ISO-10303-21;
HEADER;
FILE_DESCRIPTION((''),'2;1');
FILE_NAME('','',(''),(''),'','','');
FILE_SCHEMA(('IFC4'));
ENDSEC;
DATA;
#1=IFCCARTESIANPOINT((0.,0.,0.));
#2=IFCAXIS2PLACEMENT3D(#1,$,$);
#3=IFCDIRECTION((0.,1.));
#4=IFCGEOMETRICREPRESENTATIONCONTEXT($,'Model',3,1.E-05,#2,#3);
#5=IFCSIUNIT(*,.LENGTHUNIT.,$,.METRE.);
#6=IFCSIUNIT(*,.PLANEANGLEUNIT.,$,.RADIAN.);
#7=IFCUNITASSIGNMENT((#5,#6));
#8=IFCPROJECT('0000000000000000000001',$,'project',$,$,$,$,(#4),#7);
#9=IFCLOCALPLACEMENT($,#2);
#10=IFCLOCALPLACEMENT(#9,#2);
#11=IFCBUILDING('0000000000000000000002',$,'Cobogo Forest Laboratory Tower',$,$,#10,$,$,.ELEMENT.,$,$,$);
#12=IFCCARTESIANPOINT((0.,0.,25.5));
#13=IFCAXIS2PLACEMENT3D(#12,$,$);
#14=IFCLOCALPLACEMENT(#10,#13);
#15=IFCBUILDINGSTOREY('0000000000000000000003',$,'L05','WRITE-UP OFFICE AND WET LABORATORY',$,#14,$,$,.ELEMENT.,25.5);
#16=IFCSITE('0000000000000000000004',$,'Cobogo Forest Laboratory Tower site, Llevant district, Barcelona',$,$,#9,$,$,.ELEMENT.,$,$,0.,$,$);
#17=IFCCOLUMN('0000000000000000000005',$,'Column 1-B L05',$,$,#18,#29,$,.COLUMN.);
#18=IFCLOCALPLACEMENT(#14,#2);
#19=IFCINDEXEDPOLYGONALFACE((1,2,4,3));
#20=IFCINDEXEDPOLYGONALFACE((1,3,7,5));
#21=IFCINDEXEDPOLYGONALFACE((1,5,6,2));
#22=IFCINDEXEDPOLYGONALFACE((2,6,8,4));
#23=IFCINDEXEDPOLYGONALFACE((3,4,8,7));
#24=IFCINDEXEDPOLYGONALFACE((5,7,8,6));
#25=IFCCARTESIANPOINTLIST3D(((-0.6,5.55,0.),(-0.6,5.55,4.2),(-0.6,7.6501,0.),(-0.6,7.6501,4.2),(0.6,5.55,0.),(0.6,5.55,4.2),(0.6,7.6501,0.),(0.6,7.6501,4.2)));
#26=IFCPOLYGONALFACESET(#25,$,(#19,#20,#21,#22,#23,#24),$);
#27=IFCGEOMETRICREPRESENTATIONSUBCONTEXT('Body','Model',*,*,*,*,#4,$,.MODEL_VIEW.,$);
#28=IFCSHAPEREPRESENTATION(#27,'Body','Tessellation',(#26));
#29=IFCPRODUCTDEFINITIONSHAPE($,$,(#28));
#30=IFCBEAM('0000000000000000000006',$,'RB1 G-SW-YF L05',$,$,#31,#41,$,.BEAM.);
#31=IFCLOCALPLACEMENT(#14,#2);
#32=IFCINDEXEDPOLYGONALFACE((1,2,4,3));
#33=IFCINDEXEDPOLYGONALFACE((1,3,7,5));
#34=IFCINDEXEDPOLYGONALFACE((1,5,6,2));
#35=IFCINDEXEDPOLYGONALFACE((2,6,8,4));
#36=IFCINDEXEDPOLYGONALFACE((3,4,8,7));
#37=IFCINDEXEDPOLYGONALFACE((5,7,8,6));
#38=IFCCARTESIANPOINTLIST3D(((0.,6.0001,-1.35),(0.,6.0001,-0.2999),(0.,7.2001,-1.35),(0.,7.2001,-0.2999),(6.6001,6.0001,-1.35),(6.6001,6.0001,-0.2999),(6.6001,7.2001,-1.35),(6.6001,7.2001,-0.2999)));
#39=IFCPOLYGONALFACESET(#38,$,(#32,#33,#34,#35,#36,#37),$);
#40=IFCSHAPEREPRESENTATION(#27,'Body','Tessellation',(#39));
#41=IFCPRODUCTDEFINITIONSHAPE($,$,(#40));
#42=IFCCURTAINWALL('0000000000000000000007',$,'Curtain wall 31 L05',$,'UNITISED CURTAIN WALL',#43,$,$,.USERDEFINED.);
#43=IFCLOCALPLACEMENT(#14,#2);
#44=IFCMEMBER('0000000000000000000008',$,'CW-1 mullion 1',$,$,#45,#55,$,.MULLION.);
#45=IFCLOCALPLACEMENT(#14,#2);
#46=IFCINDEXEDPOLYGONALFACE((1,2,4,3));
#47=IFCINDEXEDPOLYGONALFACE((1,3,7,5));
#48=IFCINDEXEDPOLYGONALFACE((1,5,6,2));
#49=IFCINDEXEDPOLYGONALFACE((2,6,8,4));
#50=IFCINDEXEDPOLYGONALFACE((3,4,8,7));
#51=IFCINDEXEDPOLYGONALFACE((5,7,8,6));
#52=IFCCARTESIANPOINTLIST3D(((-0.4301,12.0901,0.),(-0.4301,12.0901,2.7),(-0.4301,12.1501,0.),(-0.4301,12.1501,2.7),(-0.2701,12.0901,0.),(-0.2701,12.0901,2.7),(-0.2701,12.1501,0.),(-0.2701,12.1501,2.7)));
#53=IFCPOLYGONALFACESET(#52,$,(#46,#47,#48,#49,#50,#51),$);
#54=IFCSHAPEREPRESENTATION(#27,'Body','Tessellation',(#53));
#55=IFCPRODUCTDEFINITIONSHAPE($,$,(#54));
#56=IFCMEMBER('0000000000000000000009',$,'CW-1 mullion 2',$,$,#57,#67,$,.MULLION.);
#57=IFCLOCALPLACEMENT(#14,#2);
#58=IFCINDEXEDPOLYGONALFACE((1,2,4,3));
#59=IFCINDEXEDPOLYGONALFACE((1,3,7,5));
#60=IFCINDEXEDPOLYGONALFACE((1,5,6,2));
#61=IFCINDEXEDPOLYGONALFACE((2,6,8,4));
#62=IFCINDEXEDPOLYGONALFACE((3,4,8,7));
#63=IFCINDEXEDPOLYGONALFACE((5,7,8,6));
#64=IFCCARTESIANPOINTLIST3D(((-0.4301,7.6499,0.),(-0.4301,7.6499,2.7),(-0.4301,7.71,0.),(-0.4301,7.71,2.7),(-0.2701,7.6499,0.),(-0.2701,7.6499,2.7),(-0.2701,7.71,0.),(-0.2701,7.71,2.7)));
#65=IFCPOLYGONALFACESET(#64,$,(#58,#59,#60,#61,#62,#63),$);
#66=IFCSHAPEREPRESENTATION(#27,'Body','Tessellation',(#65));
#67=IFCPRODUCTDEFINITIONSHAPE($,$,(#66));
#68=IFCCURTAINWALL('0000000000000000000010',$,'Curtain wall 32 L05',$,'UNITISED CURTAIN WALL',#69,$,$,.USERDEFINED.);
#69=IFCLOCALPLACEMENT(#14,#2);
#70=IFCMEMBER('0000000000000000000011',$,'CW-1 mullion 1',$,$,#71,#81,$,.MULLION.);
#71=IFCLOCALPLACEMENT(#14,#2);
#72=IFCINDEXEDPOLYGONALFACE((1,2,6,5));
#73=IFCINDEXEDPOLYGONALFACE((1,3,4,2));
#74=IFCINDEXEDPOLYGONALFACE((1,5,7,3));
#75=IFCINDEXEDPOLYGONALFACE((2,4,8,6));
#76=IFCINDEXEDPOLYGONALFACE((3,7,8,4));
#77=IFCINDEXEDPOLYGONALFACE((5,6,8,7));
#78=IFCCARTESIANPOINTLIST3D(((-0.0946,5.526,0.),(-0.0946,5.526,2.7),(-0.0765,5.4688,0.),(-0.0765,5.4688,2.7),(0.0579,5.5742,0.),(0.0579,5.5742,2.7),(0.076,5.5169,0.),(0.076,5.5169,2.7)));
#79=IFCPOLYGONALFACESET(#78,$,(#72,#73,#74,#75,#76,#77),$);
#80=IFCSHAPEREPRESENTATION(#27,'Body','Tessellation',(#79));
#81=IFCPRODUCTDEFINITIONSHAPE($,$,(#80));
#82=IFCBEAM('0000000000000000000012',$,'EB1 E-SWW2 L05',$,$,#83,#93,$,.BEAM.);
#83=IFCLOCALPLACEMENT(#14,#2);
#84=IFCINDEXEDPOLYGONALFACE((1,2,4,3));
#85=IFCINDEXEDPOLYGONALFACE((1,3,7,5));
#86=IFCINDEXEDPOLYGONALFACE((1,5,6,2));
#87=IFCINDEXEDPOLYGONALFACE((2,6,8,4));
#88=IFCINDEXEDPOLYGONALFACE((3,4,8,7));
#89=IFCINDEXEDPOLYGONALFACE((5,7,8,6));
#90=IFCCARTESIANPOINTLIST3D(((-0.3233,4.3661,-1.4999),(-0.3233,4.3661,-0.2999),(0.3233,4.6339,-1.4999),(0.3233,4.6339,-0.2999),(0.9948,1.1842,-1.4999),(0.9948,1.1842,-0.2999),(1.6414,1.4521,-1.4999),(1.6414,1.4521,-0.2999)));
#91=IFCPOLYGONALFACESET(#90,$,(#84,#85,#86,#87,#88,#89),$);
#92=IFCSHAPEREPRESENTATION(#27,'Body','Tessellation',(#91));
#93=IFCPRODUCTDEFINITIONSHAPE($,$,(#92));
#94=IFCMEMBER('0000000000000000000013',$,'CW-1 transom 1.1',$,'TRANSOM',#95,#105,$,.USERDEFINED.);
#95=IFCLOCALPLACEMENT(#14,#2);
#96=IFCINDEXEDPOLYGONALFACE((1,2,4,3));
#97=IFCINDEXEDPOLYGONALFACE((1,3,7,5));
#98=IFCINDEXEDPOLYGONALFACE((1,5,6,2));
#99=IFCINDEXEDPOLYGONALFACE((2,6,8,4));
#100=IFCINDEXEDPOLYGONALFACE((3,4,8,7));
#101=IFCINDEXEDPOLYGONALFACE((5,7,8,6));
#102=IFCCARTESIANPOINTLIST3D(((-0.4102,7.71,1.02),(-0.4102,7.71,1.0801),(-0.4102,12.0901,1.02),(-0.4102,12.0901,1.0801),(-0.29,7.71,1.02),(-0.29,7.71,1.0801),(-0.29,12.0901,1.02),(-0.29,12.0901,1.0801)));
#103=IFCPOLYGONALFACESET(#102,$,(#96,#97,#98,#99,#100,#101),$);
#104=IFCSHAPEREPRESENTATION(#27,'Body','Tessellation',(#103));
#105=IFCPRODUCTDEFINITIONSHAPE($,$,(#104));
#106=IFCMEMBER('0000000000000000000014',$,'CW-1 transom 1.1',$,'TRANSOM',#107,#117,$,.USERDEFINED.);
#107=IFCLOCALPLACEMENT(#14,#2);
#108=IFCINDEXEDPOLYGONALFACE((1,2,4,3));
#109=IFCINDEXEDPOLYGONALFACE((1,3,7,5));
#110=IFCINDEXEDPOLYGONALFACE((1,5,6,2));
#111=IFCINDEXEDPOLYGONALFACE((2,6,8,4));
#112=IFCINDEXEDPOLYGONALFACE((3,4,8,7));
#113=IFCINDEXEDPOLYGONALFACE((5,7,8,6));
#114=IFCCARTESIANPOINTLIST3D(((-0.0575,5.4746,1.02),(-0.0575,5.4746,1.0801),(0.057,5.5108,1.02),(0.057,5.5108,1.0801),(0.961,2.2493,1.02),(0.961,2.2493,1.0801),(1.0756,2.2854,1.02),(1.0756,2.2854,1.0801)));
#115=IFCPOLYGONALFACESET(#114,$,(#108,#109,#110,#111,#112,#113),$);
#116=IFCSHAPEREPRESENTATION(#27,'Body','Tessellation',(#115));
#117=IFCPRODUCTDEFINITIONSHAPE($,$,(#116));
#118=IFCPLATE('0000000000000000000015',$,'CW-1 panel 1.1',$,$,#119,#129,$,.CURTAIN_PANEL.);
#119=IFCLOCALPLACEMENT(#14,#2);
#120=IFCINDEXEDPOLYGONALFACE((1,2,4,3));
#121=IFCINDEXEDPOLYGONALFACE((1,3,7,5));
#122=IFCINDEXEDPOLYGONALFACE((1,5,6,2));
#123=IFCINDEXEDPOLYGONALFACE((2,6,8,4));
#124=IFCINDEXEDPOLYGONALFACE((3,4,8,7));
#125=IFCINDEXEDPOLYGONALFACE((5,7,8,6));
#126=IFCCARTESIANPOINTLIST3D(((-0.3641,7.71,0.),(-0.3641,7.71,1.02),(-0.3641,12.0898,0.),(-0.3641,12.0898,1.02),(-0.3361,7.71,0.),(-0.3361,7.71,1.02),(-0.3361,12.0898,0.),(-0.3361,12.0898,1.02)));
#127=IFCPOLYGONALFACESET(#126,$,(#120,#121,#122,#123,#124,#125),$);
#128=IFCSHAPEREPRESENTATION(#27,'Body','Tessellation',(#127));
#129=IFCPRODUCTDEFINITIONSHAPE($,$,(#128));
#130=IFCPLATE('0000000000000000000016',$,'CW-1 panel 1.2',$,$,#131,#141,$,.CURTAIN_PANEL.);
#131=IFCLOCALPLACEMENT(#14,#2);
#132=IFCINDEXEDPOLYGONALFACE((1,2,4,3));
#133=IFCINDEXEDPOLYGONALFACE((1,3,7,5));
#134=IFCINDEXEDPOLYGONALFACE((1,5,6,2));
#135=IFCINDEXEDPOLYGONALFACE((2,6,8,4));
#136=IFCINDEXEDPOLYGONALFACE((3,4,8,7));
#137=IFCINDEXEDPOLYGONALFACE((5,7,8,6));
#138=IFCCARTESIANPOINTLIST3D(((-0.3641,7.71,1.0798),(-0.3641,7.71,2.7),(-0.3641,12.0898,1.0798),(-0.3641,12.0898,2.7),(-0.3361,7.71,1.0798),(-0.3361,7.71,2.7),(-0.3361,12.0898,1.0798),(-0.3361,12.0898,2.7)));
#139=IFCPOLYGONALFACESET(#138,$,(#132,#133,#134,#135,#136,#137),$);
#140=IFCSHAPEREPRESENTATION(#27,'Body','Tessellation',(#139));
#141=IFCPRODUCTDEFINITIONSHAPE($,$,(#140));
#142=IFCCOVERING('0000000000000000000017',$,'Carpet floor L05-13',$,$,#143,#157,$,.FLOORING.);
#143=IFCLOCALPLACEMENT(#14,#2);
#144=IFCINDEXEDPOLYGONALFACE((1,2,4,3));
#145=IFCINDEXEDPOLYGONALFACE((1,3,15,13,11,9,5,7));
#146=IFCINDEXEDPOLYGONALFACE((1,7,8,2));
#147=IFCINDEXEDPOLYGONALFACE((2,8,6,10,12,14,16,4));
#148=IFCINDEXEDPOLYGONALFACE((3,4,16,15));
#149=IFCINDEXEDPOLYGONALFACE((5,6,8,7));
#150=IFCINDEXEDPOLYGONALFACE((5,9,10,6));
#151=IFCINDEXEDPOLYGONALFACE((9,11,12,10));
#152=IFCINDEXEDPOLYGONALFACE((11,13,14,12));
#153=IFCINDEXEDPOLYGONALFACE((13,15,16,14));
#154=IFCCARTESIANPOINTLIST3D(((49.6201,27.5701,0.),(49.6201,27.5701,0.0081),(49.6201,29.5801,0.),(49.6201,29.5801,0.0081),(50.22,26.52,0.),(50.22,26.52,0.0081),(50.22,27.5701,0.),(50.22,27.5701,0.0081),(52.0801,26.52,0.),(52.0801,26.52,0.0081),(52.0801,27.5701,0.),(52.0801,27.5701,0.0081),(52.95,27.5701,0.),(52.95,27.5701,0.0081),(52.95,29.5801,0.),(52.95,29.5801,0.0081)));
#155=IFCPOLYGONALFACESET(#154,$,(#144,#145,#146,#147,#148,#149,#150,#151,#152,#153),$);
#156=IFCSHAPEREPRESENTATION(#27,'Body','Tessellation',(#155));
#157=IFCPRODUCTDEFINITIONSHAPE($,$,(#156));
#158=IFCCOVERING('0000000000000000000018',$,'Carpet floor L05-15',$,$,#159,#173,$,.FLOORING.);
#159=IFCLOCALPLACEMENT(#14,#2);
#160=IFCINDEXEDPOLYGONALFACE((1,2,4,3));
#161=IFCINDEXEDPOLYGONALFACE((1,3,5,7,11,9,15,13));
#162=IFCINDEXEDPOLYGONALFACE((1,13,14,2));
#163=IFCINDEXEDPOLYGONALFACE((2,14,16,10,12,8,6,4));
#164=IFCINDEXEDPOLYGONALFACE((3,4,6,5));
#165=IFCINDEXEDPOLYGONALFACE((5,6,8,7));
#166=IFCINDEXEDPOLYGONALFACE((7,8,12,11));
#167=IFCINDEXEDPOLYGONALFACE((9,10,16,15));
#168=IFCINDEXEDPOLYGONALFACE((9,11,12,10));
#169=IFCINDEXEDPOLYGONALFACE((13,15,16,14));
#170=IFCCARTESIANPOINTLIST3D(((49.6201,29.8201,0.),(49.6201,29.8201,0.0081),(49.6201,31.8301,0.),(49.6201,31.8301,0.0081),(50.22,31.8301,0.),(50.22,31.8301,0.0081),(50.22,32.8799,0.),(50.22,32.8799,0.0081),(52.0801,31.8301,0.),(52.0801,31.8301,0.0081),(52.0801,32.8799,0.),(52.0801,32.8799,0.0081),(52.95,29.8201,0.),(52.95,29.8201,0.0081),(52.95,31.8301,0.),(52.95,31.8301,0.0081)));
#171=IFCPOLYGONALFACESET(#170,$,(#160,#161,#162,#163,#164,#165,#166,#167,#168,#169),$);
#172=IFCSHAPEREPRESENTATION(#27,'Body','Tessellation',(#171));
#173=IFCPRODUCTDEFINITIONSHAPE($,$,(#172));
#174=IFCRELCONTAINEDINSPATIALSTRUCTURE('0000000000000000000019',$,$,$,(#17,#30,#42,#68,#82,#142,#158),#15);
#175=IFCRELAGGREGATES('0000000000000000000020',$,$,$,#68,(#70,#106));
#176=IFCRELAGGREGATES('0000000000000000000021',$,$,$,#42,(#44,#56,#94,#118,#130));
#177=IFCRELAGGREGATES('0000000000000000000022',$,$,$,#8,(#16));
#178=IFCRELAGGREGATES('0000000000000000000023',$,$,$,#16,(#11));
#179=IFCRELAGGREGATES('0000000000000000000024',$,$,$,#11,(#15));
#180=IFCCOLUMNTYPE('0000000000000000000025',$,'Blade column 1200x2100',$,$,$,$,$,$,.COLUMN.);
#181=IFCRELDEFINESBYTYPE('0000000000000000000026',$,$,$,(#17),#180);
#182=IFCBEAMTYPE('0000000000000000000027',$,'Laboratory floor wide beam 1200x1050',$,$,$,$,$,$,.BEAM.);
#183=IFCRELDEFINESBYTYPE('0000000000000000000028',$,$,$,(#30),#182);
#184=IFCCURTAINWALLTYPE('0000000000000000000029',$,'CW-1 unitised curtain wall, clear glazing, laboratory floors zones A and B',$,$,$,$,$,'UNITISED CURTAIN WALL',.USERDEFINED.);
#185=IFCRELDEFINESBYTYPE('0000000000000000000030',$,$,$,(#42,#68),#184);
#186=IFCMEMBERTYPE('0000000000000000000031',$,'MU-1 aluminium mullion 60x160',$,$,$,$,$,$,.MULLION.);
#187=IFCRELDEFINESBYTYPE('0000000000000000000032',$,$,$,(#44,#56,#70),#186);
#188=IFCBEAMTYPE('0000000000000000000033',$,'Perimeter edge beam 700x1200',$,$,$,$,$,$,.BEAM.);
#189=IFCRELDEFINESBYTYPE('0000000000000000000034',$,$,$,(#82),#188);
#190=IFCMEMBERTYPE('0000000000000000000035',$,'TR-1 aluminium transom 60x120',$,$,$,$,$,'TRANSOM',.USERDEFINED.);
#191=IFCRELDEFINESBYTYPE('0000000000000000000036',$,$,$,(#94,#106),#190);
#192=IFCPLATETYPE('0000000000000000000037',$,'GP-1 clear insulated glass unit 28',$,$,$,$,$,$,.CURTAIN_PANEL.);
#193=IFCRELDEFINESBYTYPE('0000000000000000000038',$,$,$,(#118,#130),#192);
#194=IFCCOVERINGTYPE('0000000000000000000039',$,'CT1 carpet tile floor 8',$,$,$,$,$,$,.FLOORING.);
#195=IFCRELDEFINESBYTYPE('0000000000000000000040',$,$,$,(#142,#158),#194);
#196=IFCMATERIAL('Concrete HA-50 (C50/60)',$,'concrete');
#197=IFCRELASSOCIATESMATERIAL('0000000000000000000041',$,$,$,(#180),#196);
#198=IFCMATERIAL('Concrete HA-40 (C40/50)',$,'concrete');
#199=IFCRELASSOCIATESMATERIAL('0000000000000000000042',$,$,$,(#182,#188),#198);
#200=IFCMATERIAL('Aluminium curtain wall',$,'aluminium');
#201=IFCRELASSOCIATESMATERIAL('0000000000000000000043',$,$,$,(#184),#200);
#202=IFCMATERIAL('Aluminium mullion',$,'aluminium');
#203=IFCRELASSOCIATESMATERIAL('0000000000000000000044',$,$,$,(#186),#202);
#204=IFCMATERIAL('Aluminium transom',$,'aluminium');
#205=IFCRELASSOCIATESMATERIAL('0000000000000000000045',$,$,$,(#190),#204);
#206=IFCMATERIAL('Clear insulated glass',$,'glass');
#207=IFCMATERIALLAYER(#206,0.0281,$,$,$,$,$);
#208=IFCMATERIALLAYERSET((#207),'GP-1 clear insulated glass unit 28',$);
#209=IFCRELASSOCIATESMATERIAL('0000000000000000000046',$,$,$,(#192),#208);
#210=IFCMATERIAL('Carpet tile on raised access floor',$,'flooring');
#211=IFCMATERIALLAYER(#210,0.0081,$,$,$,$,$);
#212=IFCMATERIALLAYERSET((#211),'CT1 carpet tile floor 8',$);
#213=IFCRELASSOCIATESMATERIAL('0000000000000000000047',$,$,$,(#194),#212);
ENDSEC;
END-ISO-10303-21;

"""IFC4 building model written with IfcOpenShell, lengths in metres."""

from ifc_helpers import new_model, si_unit, direction, frame, origin, origin_2d, place, context, subcontext, project, spatial, polyline, rectangle, outline, extrude, material, layer, layer_set, material_profile, profile_set, type_object, element, aggregate, save


model = new_model("IFC4")

# Units and contexts
model_context = context("Model", 3, precision=1e-05, world=origin(), true_north=direction((0.0, 1.0)))
body_context = subcontext(model_context, "Body", "Model", "MODEL_VIEW")
ifc_project = project(units=[si_unit("LENGTHUNIT", "METRE"), si_unit("PLANEANGLEUNIT", "RADIAN")], contexts=[model_context])

# Site, building, storey
site_placement = place(None, origin())
site = spatial("IfcSite", under=ifc_project, at=site_placement, Name="Cobogo Forest Laboratory Tower site, Llevant district, Barcelona", CompositionType="ELEMENT", RefElevation=0.0)
building_placement = place(site_placement, origin())
building = spatial("IfcBuilding", under=site, at=building_placement, Name="Cobogo Forest Laboratory Tower", CompositionType="ELEMENT")
storey_placement = place(building_placement, frame((0.0, 0.0, 25.5)))
storey = spatial("IfcBuildingStorey", under=building, at=storey_placement, Name="L05", Description="WRITE-UP OFFICE AND WET LABORATORY", CompositionType="ELEMENT", Elevation=25.5)

# Column
ifc_material_1 = material(Name="Concrete HA-50 (C50/60)", Category="concrete")
ifc_material_profile_1 = material_profile(ifc_material_1, rectangle(XDim=2.1001, YDim=1.2, at=origin_2d()), Name="RC 1200x2100")
ifc_profile_set_1 = profile_set([ifc_material_profile_1], Name="Concrete HA-50 (C50/60)")
column_type = type_object("IfcColumnType", Name="Blade column 1200x2100", PredefinedType="COLUMN", material=ifc_profile_set_1)
column_placement = place(storey_placement, frame((0.0, 6.6001, 0.0), z_axis=(0.0, 0.0, 1.0), x_axis=(0.0, 1.0, 0.0)))
element("IfcColumn", 1, at=column_placement, inside=storey, type_object=column_type, Name="Column 1-B L05", PredefinedType="COLUMN", context=body_context, shape_type="SweptSolid", body=[
    extrude(rectangle(XDim=2.1001, YDim=1.2, at=origin_2d()), origin(), (0.0, 0.0, 1.0), 4.2),
])

# Beam
ifc_material_2 = material(Name="Concrete HA-40 (C40/50)", Category="concrete")
ifc_material_profile_2 = material_profile(ifc_material_2, rectangle(XDim=1.2, YDim=1.05, at=origin_2d()), Name="RC 1200x1050")
ifc_profile_set_2 = profile_set([ifc_material_profile_2], Name="Concrete HA-40 (C40/50)")
beam_type_1 = type_object("IfcBeamType", Name="Laboratory floor wide beam 1200x1050", PredefinedType="BEAM", material=ifc_profile_set_2)
beam_1_placement = place(storey_placement, frame((0.0, 6.6001, -0.825), z_axis=(1.0, 0.0, 0.0), x_axis=(0.0, 1.0, 0.0)))
element("IfcBeam", 2, at=beam_1_placement, inside=storey, type_object=beam_type_1, Name="RB1 G-SW-YF L05", PredefinedType="BEAM", context=body_context, shape_type="SweptSolid", body=[
    extrude(rectangle(XDim=1.2, YDim=1.05, at=origin_2d()), origin(), (0.0, 0.0, 1.0), 6.6001),
])

# Curtain wall, members
ifc_material_3 = material(Name="Aluminium curtain wall", Category="aluminium")
curtain_wall_type = type_object("IfcCurtainWallType", Name="CW-1 unitised curtain wall, clear glazing, laboratory floors zones A and B", ElementType="UNITISED CURTAIN WALL", PredefinedType="USERDEFINED", material=ifc_material_3)
curtain_wall_1_placement = place(storey_placement, origin())
curtain_wall_1 = element("IfcCurtainWall", 3, at=curtain_wall_1_placement, inside=storey, type_object=curtain_wall_type, Name="Curtain wall 31 L05", ObjectType="UNITISED CURTAIN WALL", PredefinedType="USERDEFINED")
ifc_material_4 = material(Name="Aluminium mullion", Category="aluminium")
ifc_material_profile_3 = material_profile(ifc_material_4, rectangle(XDim=0.0601, YDim=0.1599, at=origin_2d()), Name="AL 60x160")
ifc_profile_set_3 = profile_set([ifc_material_profile_3], Name="Aluminium mullion")
member_type_1 = type_object("IfcMemberType", Name="MU-1 aluminium mullion 60x160", PredefinedType="MULLION", material=ifc_profile_set_3)
member_1_placement = place(storey_placement, frame((-0.3501, 12.1201, 0.0), z_axis=(0.0, 0.0, 1.0), x_axis=(0.0, -1.0, 0.0)))
member_1 = element("IfcMember", 4, at=member_1_placement, type_object=member_type_1, Name="CW-1 mullion 1", PredefinedType="MULLION", context=body_context, shape_type="SweptSolid", body=[
    extrude(rectangle(XDim=0.0601, YDim=0.1599, at=origin_2d()), origin(), (0.0, 0.0, 1.0), 2.7),
])
member_2_placement = place(storey_placement, frame((-0.3501, 7.6799, 0.0), z_axis=(0.0, 0.0, 1.0), x_axis=(0.0, -1.0, 0.0)))
member_2 = element("IfcMember", 5, at=member_2_placement, type_object=member_type_1, Name="CW-1 mullion 2", PredefinedType="MULLION", context=body_context, shape_type="SweptSolid", body=[
    extrude(rectangle(XDim=0.0601, YDim=0.1599, at=origin_2d()), origin(), (0.0, 0.0, 1.0), 2.7),
])

# Curtain wall, member
curtain_wall_2_placement = place(storey_placement, origin())
curtain_wall_2 = element("IfcCurtainWall", 6, at=curtain_wall_2_placement, inside=storey, type_object=curtain_wall_type, Name="Curtain wall 32 L05", ObjectType="UNITISED CURTAIN WALL", PredefinedType="USERDEFINED")
member_3_placement = place(storey_placement, frame((-0.0093, 5.5215, 0.0), z_axis=(0.0, 0.0, 1.0), x_axis=(0.301135, -0.953581, 0.0)))
member_3 = element("IfcMember", 7, at=member_3_placement, type_object=member_type_1, Name="CW-1 mullion 1", PredefinedType="MULLION", context=body_context, shape_type="SweptSolid", body=[
    extrude(rectangle(XDim=0.0601, YDim=0.1599, at=origin_2d()), origin(), (0.0, 0.0, 1.0), 2.7),
])

# Beam
ifc_material_profile_4 = material_profile(ifc_material_2, rectangle(XDim=0.7, YDim=1.2, at=origin_2d()), Name="RC 700x1200")
ifc_profile_set_4 = profile_set([ifc_material_profile_4], Name="Concrete HA-40 (C40/50)")
beam_type_2 = type_object("IfcBeamType", Name="Perimeter edge beam 700x1200", PredefinedType="BEAM", material=ifc_profile_set_4)
beam_2_placement = place(storey_placement, frame((0.0, 4.5, -0.8999), z_axis=(0.382717, -0.923866, 0.0), x_axis=(0.923866, 0.382717, 0.0)))
element("IfcBeam", 8, at=beam_2_placement, inside=storey, type_object=beam_type_2, Name="EB1 E-SWW2 L05", PredefinedType="BEAM", context=body_context, shape_type="SweptSolid", body=[
    extrude(rectangle(XDim=0.7, YDim=1.2, at=origin_2d()), origin(), (0.0, 0.0, 1.0), 3.4441),
])

# Members
ifc_material_5 = material(Name="Aluminium transom", Category="aluminium")
ifc_material_profile_5 = material_profile(ifc_material_5, rectangle(XDim=0.1201, YDim=0.0601, at=origin_2d()), Name="AL 60x120")
ifc_profile_set_5 = profile_set([ifc_material_profile_5], Name="Aluminium transom")
member_type_2 = type_object("IfcMemberType", Name="TR-1 aluminium transom 60x120", ElementType="TRANSOM", PredefinedType="USERDEFINED", material=ifc_profile_set_5)
member_4_placement = place(storey_placement, frame((-0.3501, 12.0901, 1.05), z_axis=(0.0, -1.0, 0.0), x_axis=(1.0, 0.0, 0.0)))
member_4 = element("IfcMember", 9, at=member_4_placement, type_object=member_type_2, Name="CW-1 transom 1.1", ObjectType="TRANSOM", PredefinedType="USERDEFINED", context=body_context, shape_type="SweptSolid", body=[
    extrude(rectangle(XDim=0.1201, YDim=0.0601, at=origin_2d()), origin(), (0.0, 0.0, 1.0), 4.3801),
])
member_5_placement = place(storey_placement, frame((-0.0002, 5.4927, 1.05), z_axis=(0.301138, -0.95358, 0.0), x_axis=(0.95358, 0.301138, 0.0)))
member_5 = element("IfcMember", 10, at=member_5_placement, type_object=member_type_2, Name="CW-1 transom 1.1", ObjectType="TRANSOM", PredefinedType="USERDEFINED", context=body_context, shape_type="SweptSolid", body=[
    extrude(rectangle(XDim=0.1201, YDim=0.0601, at=origin_2d()), origin(), (0.0, 0.0, 1.0), 3.3823),
])
aggregate(curtain_wall_2, [member_3, member_5])

# Plates
ifc_material_6 = material(Name="Clear insulated glass", Category="glass")
ifc_layer_1 = layer(ifc_material_6, 0.0281)
ifc_layer_set_1 = layer_set([ifc_layer_1], Name="GP-1 clear insulated glass unit 28")
plate_type_1 = type_object("IfcPlateType", Name="GP-1 clear insulated glass unit 28", PredefinedType="CURTAIN_PANEL", material=ifc_layer_set_1)
plate_1_placement = place(storey_placement, frame((-0.3501, 9.8999, 0.0), z_axis=(0.0, 0.0, 1.0), x_axis=(0.0, -1.0, 0.0)))
plate_1 = element("IfcPlate", 11, at=plate_1_placement, type_object=plate_type_1, Name="CW-1 panel 1.1", PredefinedType="CURTAIN_PANEL", context=body_context, shape_type="SweptSolid", body=[
    extrude(rectangle(XDim=4.3799, YDim=0.0281, at=origin_2d()), origin(), (0.0, 0.0, 1.0), 1.02),
])
plate_2_placement = place(storey_placement, frame((-0.3501, 9.8999, 1.0798), z_axis=(0.0, 0.0, 1.0), x_axis=(0.0, -1.0, 0.0)))
plate_2 = element("IfcPlate", 12, at=plate_2_placement, type_object=plate_type_1, Name="CW-1 panel 1.2", PredefinedType="CURTAIN_PANEL", context=body_context, shape_type="SweptSolid", body=[
    extrude(rectangle(XDim=4.3799, YDim=0.0281, at=origin_2d()), origin(), (0.0, 0.0, 1.0), 1.6201),
])
aggregate(curtain_wall_1, [member_1, member_2, member_4, plate_1, plate_2])

# Coverings
ifc_material_7 = material(Name="Carpet tile on raised access floor", Category="flooring")
ifc_layer_2 = layer(ifc_material_7, 0.0081)
ifc_layer_set_2 = layer_set([ifc_layer_2], Name="CT1 carpet tile floor 8")
covering_type_1 = type_object("IfcCoveringType", Name="CT1 carpet tile floor 8", PredefinedType="FLOORING", material=ifc_layer_set_2)
covering_1_placement = place(storey_placement, origin())
element("IfcCovering", 13, at=covering_1_placement, inside=storey, type_object=covering_type_1, Name="Carpet floor L05-13", PredefinedType="FLOORING", context=body_context, shape_type="SweptSolid", body=[
    extrude(outline(polyline([(49.6201, 29.5801), (52.95, 29.5801), (52.95, 27.5701), (52.0801, 27.5701), (52.0801, 26.52), (50.22, 26.52), (50.22, 27.5701), (49.6201, 27.5701), (49.6201, 29.5801)])), origin(), (0.0, 0.0, 1.0), 0.0081),
])
covering_2_placement = place(storey_placement, origin())
element("IfcCovering", 14, at=covering_2_placement, inside=storey, type_object=covering_type_1, Name="Carpet floor L05-15", PredefinedType="FLOORING", context=body_context, shape_type="SweptSolid", body=[
    extrude(outline(polyline([(49.6201, 31.8301), (50.22, 31.8301), (50.22, 32.8799), (52.0801, 32.8799), (52.0801, 31.8301), (52.95, 31.8301), (52.95, 29.8201), (49.6201, 29.8201), (49.6201, 31.8301)])), origin(), (0.0, 0.0, 1.0), 0.0081),
])

save(model, "model.ifc")
